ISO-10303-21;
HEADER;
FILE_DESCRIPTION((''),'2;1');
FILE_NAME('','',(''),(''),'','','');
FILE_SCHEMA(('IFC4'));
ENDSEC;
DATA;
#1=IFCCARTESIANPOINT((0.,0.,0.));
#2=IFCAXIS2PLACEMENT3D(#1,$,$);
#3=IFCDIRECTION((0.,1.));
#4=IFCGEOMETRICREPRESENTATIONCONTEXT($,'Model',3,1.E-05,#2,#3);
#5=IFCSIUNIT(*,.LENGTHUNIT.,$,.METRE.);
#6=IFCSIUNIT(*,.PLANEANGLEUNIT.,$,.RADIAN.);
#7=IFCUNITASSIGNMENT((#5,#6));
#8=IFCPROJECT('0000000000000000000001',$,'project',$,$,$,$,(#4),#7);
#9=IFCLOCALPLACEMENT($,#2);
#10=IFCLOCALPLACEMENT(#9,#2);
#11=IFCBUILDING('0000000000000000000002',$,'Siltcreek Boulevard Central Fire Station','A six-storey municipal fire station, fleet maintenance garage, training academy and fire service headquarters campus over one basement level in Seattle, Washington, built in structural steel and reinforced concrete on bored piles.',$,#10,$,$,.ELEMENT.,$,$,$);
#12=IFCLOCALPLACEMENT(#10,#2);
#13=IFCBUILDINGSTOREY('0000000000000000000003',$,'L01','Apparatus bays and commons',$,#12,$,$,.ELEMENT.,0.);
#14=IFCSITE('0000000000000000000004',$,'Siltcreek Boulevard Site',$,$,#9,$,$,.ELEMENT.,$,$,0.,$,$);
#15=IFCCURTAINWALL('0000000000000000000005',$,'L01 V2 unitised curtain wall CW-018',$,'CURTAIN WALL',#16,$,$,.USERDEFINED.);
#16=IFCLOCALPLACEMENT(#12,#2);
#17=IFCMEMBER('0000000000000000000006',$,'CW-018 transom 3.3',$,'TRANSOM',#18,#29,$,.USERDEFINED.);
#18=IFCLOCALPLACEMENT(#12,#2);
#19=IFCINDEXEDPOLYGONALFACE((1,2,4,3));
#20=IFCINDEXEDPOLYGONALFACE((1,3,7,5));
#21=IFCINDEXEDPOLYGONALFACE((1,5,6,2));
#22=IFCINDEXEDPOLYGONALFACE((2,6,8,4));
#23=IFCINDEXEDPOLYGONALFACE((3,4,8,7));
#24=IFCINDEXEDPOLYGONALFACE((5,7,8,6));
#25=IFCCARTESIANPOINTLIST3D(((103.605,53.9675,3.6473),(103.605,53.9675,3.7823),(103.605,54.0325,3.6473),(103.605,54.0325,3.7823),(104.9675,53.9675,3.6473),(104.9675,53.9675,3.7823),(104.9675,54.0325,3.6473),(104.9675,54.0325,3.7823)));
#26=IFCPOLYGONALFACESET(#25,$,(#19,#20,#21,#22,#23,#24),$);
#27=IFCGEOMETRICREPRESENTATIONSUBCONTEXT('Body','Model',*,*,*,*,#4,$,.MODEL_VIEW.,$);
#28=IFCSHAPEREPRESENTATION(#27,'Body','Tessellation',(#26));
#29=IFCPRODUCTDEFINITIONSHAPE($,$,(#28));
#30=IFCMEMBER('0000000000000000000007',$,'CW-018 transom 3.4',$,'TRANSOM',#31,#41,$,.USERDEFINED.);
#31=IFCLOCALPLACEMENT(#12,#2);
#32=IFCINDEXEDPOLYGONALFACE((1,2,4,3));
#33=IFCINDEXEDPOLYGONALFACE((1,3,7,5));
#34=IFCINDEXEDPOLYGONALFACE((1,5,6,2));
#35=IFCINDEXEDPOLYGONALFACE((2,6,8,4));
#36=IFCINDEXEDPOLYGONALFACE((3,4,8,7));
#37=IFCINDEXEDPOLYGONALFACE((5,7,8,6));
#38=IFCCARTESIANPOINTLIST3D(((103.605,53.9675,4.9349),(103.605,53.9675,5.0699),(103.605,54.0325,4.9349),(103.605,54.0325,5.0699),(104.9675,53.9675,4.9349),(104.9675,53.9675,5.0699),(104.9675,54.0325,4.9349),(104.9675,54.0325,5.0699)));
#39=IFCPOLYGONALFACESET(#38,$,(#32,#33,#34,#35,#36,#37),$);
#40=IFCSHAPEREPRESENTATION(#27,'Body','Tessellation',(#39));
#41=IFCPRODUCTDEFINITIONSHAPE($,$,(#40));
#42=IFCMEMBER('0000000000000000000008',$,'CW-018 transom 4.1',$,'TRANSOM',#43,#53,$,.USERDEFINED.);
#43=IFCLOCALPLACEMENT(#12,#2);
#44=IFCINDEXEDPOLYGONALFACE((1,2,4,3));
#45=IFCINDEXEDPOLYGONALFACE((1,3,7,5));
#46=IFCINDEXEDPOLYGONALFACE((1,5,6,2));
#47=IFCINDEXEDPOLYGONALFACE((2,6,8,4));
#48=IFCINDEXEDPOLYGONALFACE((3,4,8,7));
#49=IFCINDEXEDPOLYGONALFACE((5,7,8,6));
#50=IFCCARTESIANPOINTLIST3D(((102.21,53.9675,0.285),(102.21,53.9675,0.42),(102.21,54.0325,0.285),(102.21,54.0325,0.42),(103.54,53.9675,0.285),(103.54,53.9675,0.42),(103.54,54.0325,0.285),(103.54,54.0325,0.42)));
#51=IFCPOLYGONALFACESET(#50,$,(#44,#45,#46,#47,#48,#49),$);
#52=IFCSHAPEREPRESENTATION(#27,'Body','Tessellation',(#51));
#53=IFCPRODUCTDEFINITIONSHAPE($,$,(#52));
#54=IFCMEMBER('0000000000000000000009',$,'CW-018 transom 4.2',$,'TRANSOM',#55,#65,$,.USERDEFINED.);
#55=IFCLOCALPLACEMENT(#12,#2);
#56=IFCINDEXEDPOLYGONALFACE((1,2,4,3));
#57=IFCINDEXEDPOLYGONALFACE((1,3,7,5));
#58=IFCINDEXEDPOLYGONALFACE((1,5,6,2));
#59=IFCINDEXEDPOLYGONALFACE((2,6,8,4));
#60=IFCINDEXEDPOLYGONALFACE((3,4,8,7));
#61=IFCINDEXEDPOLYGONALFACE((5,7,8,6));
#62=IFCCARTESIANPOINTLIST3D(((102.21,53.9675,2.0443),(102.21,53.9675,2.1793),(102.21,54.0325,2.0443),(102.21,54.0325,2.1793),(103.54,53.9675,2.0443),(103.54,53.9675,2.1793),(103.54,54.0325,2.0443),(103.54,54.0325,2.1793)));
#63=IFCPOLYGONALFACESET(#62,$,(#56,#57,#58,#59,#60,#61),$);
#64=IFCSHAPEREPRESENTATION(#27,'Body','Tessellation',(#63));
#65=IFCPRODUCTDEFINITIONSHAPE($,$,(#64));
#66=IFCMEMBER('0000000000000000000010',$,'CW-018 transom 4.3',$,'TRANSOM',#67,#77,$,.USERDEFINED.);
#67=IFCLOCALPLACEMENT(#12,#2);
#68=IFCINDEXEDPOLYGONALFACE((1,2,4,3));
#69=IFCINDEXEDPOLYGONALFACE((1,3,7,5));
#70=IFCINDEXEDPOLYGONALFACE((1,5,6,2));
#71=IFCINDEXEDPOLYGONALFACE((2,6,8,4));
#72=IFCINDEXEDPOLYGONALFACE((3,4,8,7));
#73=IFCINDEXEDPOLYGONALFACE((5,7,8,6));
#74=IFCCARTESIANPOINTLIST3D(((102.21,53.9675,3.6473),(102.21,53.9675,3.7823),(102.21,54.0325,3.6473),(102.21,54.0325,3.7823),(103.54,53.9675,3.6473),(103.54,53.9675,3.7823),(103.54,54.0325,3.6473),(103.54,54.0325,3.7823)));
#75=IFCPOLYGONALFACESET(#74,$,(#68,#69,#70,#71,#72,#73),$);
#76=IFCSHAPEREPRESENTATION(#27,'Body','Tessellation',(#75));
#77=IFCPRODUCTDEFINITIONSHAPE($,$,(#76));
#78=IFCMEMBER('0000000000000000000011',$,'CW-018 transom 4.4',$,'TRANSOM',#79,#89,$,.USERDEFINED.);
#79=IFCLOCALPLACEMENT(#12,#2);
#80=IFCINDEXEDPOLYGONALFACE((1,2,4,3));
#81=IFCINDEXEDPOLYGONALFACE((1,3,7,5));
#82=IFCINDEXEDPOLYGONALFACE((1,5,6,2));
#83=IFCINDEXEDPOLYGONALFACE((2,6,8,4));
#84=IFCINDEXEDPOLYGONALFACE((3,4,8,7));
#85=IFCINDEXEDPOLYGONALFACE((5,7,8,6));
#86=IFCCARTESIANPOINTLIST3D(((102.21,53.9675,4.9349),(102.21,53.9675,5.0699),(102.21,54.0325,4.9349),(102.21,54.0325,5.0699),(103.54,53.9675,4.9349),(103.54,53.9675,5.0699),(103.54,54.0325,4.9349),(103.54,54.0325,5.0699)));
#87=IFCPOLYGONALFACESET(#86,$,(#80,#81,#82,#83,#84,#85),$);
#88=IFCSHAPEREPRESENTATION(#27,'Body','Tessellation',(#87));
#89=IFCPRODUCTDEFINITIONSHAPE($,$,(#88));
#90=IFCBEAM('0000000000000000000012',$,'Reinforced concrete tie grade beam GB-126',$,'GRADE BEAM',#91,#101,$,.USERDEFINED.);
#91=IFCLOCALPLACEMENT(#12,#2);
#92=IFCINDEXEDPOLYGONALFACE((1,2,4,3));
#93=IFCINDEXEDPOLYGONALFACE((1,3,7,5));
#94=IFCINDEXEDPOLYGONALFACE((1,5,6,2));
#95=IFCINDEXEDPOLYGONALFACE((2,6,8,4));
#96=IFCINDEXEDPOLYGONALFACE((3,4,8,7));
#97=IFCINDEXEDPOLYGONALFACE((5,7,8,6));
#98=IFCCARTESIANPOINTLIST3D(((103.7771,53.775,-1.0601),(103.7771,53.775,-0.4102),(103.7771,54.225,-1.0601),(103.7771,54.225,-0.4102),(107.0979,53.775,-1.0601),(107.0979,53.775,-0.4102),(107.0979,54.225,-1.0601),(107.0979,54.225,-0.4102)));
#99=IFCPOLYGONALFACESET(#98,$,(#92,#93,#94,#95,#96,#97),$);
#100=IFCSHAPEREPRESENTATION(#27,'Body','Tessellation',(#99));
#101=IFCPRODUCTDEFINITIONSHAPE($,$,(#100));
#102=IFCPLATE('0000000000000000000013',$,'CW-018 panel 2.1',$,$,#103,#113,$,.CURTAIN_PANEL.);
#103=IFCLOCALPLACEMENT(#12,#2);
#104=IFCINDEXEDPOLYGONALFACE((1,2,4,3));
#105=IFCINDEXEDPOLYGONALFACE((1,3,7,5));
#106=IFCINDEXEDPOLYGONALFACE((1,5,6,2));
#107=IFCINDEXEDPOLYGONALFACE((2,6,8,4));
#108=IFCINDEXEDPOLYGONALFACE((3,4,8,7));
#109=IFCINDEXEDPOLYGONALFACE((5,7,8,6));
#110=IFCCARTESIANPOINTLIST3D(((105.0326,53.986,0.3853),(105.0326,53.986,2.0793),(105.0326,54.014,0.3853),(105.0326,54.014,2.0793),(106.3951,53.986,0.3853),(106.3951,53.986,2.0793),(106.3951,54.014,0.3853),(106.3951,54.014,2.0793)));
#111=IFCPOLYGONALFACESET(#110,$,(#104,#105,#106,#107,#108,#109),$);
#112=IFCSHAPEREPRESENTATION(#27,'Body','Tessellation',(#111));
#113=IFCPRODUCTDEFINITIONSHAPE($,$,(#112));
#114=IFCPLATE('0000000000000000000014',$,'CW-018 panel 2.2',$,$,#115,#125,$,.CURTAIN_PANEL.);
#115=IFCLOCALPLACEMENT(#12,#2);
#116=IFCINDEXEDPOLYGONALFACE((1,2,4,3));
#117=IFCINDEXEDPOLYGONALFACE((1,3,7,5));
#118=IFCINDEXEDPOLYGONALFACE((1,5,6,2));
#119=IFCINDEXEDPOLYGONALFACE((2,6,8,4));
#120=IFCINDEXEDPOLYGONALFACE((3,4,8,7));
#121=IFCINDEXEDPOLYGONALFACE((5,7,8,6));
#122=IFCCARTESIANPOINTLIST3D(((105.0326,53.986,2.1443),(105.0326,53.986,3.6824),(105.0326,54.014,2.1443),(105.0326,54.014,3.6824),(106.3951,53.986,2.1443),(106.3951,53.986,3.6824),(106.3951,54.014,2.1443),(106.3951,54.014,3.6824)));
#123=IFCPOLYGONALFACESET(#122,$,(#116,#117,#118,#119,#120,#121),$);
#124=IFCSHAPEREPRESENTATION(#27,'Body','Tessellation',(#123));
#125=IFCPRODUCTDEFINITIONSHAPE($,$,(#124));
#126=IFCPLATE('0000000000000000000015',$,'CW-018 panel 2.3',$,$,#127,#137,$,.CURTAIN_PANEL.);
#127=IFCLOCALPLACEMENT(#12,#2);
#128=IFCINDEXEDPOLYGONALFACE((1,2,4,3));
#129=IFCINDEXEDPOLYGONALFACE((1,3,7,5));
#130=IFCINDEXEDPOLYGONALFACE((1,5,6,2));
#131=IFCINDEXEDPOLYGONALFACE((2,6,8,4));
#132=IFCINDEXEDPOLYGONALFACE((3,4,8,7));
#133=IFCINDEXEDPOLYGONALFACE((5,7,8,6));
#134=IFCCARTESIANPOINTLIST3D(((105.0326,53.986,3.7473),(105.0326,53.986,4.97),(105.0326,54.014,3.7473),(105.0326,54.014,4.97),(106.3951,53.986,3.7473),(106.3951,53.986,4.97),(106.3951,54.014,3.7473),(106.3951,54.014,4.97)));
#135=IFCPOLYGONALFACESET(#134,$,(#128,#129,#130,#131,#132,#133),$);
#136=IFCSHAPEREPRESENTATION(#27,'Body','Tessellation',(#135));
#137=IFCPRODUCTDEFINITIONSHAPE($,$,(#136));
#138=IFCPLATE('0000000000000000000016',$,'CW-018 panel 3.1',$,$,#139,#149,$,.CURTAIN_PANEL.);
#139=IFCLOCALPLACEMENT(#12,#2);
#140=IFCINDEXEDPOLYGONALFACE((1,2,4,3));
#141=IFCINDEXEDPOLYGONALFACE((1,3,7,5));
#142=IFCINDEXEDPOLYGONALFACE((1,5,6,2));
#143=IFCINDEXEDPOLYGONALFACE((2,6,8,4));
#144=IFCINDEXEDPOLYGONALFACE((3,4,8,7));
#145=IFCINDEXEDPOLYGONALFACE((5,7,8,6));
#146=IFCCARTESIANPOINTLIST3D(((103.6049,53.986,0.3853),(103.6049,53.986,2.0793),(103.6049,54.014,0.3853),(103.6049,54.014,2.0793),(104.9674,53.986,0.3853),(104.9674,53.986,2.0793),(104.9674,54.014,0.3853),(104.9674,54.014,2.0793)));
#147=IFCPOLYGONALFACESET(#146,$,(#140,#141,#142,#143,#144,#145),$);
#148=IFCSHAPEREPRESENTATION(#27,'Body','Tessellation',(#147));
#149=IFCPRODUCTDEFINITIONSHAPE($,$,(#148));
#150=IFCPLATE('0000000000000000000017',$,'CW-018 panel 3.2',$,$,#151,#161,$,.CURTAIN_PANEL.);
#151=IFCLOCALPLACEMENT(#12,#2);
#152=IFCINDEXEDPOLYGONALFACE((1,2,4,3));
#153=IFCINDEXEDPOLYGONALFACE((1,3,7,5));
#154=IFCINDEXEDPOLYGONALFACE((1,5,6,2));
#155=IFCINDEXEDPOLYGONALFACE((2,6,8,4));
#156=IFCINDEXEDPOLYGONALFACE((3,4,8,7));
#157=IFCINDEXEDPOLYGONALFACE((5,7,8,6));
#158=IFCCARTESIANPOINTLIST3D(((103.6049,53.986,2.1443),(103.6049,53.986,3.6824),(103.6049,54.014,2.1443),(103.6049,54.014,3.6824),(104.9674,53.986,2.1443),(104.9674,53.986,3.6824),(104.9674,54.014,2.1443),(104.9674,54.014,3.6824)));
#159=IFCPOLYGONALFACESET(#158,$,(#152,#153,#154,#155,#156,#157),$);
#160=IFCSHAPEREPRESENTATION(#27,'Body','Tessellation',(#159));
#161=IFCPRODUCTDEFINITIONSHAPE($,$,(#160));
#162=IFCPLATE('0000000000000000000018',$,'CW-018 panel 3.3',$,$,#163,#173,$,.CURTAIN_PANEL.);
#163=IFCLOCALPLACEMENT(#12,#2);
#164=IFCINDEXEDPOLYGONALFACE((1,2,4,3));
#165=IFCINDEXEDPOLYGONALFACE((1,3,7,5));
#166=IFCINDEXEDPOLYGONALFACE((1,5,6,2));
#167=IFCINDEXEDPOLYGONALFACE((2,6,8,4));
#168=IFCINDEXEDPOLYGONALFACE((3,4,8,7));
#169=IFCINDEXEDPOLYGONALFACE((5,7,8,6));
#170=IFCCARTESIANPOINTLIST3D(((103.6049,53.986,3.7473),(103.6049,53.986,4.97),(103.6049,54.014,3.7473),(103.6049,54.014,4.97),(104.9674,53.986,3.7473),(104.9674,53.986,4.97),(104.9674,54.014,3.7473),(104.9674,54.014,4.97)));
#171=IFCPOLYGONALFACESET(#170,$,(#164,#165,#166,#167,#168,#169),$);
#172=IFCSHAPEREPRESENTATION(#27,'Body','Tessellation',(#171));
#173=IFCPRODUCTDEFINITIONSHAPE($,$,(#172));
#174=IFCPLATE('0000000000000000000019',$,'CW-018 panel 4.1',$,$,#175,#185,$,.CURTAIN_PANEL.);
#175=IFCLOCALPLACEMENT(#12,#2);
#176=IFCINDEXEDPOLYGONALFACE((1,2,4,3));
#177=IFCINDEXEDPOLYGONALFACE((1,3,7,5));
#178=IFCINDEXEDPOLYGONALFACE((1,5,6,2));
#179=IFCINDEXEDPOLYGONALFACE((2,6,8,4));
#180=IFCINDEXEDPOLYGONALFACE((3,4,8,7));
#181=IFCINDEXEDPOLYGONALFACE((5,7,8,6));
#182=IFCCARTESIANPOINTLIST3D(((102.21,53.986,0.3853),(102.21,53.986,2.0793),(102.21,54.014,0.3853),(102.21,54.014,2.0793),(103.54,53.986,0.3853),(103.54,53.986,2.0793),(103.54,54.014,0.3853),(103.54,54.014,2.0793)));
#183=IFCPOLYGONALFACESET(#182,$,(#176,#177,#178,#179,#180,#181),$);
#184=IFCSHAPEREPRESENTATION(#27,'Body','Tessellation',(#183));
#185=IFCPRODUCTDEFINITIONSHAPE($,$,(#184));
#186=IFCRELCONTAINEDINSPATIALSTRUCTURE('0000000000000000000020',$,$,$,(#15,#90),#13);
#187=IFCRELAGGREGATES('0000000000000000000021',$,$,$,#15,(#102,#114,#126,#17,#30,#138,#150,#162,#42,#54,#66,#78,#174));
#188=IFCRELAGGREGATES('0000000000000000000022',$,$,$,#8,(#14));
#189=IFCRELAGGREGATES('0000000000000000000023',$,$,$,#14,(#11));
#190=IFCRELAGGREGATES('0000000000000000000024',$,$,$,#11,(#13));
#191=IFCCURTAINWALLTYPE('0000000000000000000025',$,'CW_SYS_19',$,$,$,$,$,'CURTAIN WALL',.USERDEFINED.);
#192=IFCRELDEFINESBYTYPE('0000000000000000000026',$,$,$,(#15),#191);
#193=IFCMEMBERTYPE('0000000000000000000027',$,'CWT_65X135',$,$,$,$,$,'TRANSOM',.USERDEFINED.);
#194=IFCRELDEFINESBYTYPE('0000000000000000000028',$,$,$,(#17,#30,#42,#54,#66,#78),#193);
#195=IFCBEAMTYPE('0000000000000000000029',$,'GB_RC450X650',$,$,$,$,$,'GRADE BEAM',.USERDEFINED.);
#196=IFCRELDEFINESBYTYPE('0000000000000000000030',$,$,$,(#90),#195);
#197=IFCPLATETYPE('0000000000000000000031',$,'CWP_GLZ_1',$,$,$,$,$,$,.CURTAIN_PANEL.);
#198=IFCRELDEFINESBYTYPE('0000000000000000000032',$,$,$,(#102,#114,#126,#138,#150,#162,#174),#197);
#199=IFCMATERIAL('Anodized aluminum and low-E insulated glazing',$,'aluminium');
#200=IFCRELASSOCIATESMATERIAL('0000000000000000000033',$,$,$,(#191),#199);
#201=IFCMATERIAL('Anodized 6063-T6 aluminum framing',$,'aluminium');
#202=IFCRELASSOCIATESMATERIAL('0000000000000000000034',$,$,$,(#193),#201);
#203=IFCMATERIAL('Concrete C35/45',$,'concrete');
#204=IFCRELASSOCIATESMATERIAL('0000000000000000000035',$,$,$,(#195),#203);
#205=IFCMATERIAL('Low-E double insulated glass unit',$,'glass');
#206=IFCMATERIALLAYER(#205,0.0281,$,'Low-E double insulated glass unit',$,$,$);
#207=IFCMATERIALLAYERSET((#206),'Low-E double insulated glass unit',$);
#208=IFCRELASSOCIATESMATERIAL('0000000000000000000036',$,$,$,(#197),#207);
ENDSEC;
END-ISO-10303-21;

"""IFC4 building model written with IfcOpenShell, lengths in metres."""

from ifc_helpers import new_model, si_unit, direction, frame, origin, origin_2d, place, context, subcontext, project, spatial, rectangle, extrude, material, layer, layer_set, material_profile, profile_set, type_object, element, aggregate, save


model = new_model("IFC4")

# Units and contexts
model_context = context("Model", 3, precision=1e-05, world=origin(), true_north=direction((0.0, 1.0)))
body_context = subcontext(model_context, "Body", "Model", "MODEL_VIEW")
ifc_project = project(units=[si_unit("LENGTHUNIT", "METRE"), si_unit("PLANEANGLEUNIT", "RADIAN")], contexts=[model_context])

# Site, building, storey
site_placement = place(None, origin())
site = spatial("IfcSite", under=ifc_project, at=site_placement, Name="Siltcreek Boulevard Site", CompositionType="ELEMENT", RefElevation=0.0)
building_placement = place(site_placement, origin())
building = spatial("IfcBuilding", under=site, at=building_placement, Name="Siltcreek Boulevard Central Fire Station", Description="A six-storey municipal fire station, fleet maintenance garage, training academy and fire service headquarters campus over one basement level in Seattle, Washington, built in structural steel and reinforced concrete on bored piles.", CompositionType="ELEMENT")
storey_placement = place(building_placement, origin())
storey = spatial("IfcBuildingStorey", under=building, at=storey_placement, Name="L01", Description="Apparatus bays and commons", CompositionType="ELEMENT", Elevation=0.0)

# Shared definitions
ifc_material_1 = material(Name="Concrete C35/45", Category="concrete")

# Curtain wall, members
ifc_material_2 = material(Name="Anodized aluminum and low-E insulated glazing", Category="aluminium")
curtain_wall_type = type_object("IfcCurtainWallType", Name="CW_SYS_19", ElementType="CURTAIN WALL", PredefinedType="USERDEFINED", material=ifc_material_2)
curtain_wall_placement = place(storey_placement, origin())
curtain_wall = element("IfcCurtainWall", 1, at=curtain_wall_placement, inside=storey, type_object=curtain_wall_type, Name="L01 V2 unitised curtain wall CW-018", ObjectType="CURTAIN WALL", PredefinedType="USERDEFINED")
ifc_material_3 = material(Name="Anodized 6063-T6 aluminum framing", Category="aluminium")
ifc_material_profile_1 = material_profile(ifc_material_3, rectangle(XDim=0.0649, YDim=0.135, at=origin_2d()), Name="TRAN65X135")
ifc_profile_set_1 = profile_set([ifc_material_profile_1], Name="Anodized 6063-T6 aluminum framing")
member_type_1 = type_object("IfcMemberType", Name="CWT_65X135", ElementType="TRANSOM", PredefinedType="USERDEFINED", material=ifc_profile_set_1)
member_1_placement = place(storey_placement, frame((104.9675, 54.0, 3.7148), z_axis=(-1.0, 0.0, 0.0), x_axis=(0.0, -1.0, 0.0)))
member_1 = element("IfcMember", 2, at=member_1_placement, type_object=member_type_1, Name="CW-018 transom 3.3", ObjectType="TRANSOM", PredefinedType="USERDEFINED", context=body_context, shape_type="SweptSolid", body=[
    extrude(rectangle(XDim=0.0649, YDim=0.135, at=origin_2d()), origin(), (0.0, 0.0, 1.0), 1.3625),
])
member_2_placement = place(storey_placement, frame((104.9675, 54.0, 5.0024), z_axis=(-1.0, 0.0, 0.0), x_axis=(0.0, -1.0, 0.0)))
member_2 = element("IfcMember", 3, at=member_2_placement, type_object=member_type_1, Name="CW-018 transom 3.4", ObjectType="TRANSOM", PredefinedType="USERDEFINED", context=body_context, shape_type="SweptSolid", body=[
    extrude(rectangle(XDim=0.0649, YDim=0.135, at=origin_2d()), origin(), (0.0, 0.0, 1.0), 1.3625),
])
member_3_placement = place(storey_placement, frame((103.54, 54.0, 0.3525), z_axis=(-1.0, 0.0, 0.0), x_axis=(0.0, -1.0, 0.0)))
member_3 = element("IfcMember", 4, at=member_3_placement, type_object=member_type_1, Name="CW-018 transom 4.1", ObjectType="TRANSOM", PredefinedType="USERDEFINED", context=body_context, shape_type="SweptSolid", body=[
    extrude(rectangle(XDim=0.0649, YDim=0.135, at=origin_2d()), origin(), (0.0, 0.0, 1.0), 1.3301),
])
member_4_placement = place(storey_placement, frame((103.54, 54.0, 2.1118), z_axis=(-1.0, 0.0, 0.0), x_axis=(0.0, -1.0, 0.0)))
member_4 = element("IfcMember", 5, at=member_4_placement, type_object=member_type_1, Name="CW-018 transom 4.2", ObjectType="TRANSOM", PredefinedType="USERDEFINED", context=body_context, shape_type="SweptSolid", body=[
    extrude(rectangle(XDim=0.0649, YDim=0.135, at=origin_2d()), origin(), (0.0, 0.0, 1.0), 1.3301),
])
member_5_placement = place(storey_placement, frame((103.54, 54.0, 3.7148), z_axis=(-1.0, 0.0, 0.0), x_axis=(0.0, -1.0, 0.0)))
member_5 = element("IfcMember", 6, at=member_5_placement, type_object=member_type_1, Name="CW-018 transom 4.3", ObjectType="TRANSOM", PredefinedType="USERDEFINED", context=body_context, shape_type="SweptSolid", body=[
    extrude(rectangle(XDim=0.0649, YDim=0.135, at=origin_2d()), origin(), (0.0, 0.0, 1.0), 1.3301),
])
member_6_placement = place(storey_placement, frame((103.54, 54.0, 5.0024), z_axis=(-1.0, 0.0, 0.0), x_axis=(0.0, -1.0, 0.0)))
member_6 = element("IfcMember", 7, at=member_6_placement, type_object=member_type_1, Name="CW-018 transom 4.4", ObjectType="TRANSOM", PredefinedType="USERDEFINED", context=body_context, shape_type="SweptSolid", body=[
    extrude(rectangle(XDim=0.0649, YDim=0.135, at=origin_2d()), origin(), (0.0, 0.0, 1.0), 1.3301),
])

# Beam
ifc_material_profile_2 = material_profile(ifc_material_1, rectangle(XDim=0.45, YDim=0.6499, at=origin_2d()), Name="RC450X650")
ifc_profile_set_2 = profile_set([ifc_material_profile_2], Name="Concrete C35/45")
beam_type = type_object("IfcBeamType", Name="GB_RC450X650", ElementType="GRADE BEAM", PredefinedType="USERDEFINED", material=ifc_profile_set_2)
beam_placement = place(storey_placement, frame((103.7771, 54.0, -0.7351), z_axis=(1.0, 0.0, 0.0), x_axis=(0.0, 1.0, 0.0)))
element("IfcBeam", 8, at=beam_placement, inside=storey, type_object=beam_type, Name="Reinforced concrete tie grade beam GB-126", ObjectType="GRADE BEAM", PredefinedType="USERDEFINED", context=body_context, shape_type="SweptSolid", body=[
    extrude(rectangle(XDim=0.45, YDim=0.6499, at=origin_2d()), origin(), (0.0, 0.0, 1.0), 3.3208),
])

# Plates
ifc_material_4 = material(Name="Low-E double insulated glass unit", Category="glass")
ifc_layer_1 = layer(ifc_material_4, 0.0281, Name="Low-E double insulated glass unit")
ifc_layer_set_1 = layer_set([ifc_layer_1], Name="Low-E double insulated glass unit")
plate_type = type_object("IfcPlateType", Name="CWP_GLZ_1", PredefinedType="CURTAIN_PANEL", material=ifc_layer_set_1)
plate_1_placement = place(storey_placement, frame((105.7139, 54.0, 0.3853), z_axis=(0.0, 0.0, 1.0), x_axis=(-1.0, 0.0, 0.0)))
plate_1 = element("IfcPlate", 9, at=plate_1_placement, type_object=plate_type, Name="CW-018 panel 2.1", PredefinedType="CURTAIN_PANEL", context=body_context, shape_type="SweptSolid", body=[
    extrude(rectangle(XDim=1.3625, YDim=0.0281, at=origin_2d()), origin(), (0.0, 0.0, 1.0), 1.6941),
])
plate_2_placement = place(storey_placement, frame((105.7139, 54.0, 2.1443), z_axis=(0.0, 0.0, 1.0), x_axis=(-1.0, 0.0, 0.0)))
plate_2 = element("IfcPlate", 10, at=plate_2_placement, type_object=plate_type, Name="CW-018 panel 2.2", PredefinedType="CURTAIN_PANEL", context=body_context, shape_type="SweptSolid", body=[
    extrude(rectangle(XDim=1.3625, YDim=0.0281, at=origin_2d()), origin(), (0.0, 0.0, 1.0), 1.5381),
])
plate_3_placement = place(storey_placement, frame((105.7139, 54.0, 3.7473), z_axis=(0.0, 0.0, 1.0), x_axis=(-1.0, 0.0, 0.0)))
plate_3 = element("IfcPlate", 11, at=plate_3_placement, type_object=plate_type, Name="CW-018 panel 2.3", PredefinedType="CURTAIN_PANEL", context=body_context, shape_type="SweptSolid", body=[
    extrude(rectangle(XDim=1.3625, YDim=0.0281, at=origin_2d()), origin(), (0.0, 0.0, 1.0), 1.2227),
])
plate_4_placement = place(storey_placement, frame((104.2861, 54.0, 0.3853), z_axis=(0.0, 0.0, 1.0), x_axis=(-1.0, 0.0, 0.0)))
plate_4 = element("IfcPlate", 12, at=plate_4_placement, type_object=plate_type, Name="CW-018 panel 3.1", PredefinedType="CURTAIN_PANEL", context=body_context, shape_type="SweptSolid", body=[
    extrude(rectangle(XDim=1.3625, YDim=0.0281, at=origin_2d()), origin(), (0.0, 0.0, 1.0), 1.6941),
])
plate_5_placement = place(storey_placement, frame((104.2861, 54.0, 2.1443), z_axis=(0.0, 0.0, 1.0), x_axis=(-1.0, 0.0, 0.0)))
plate_5 = element("IfcPlate", 13, at=plate_5_placement, type_object=plate_type, Name="CW-018 panel 3.2", PredefinedType="CURTAIN_PANEL", context=body_context, shape_type="SweptSolid", body=[
    extrude(rectangle(XDim=1.3625, YDim=0.0281, at=origin_2d()), origin(), (0.0, 0.0, 1.0), 1.5381),
])
plate_6_placement = place(storey_placement, frame((104.2861, 54.0, 3.7473), z_axis=(0.0, 0.0, 1.0), x_axis=(-1.0, 0.0, 0.0)))
plate_6 = element("IfcPlate", 14, at=plate_6_placement, type_object=plate_type, Name="CW-018 panel 3.3", PredefinedType="CURTAIN_PANEL", context=body_context, shape_type="SweptSolid", body=[
    extrude(rectangle(XDim=1.3625, YDim=0.0281, at=origin_2d()), origin(), (0.0, 0.0, 1.0), 1.2227),
])
plate_7_placement = place(storey_placement, frame((102.875, 54.0, 0.3853), z_axis=(0.0, 0.0, 1.0), x_axis=(-1.0, 0.0, 0.0)))
plate_7 = element("IfcPlate", 15, at=plate_7_placement, type_object=plate_type, Name="CW-018 panel 4.1", PredefinedType="CURTAIN_PANEL", context=body_context, shape_type="SweptSolid", body=[
    extrude(rectangle(XDim=1.3301, YDim=0.0281, at=origin_2d()), origin(), (0.0, 0.0, 1.0), 1.6941),
])
aggregate(curtain_wall, [plate_1, plate_2, plate_3, member_1, member_2, plate_4, plate_5, plate_6, member_3, member_4, member_5, member_6, plate_7])

save(model, "model.ifc")
